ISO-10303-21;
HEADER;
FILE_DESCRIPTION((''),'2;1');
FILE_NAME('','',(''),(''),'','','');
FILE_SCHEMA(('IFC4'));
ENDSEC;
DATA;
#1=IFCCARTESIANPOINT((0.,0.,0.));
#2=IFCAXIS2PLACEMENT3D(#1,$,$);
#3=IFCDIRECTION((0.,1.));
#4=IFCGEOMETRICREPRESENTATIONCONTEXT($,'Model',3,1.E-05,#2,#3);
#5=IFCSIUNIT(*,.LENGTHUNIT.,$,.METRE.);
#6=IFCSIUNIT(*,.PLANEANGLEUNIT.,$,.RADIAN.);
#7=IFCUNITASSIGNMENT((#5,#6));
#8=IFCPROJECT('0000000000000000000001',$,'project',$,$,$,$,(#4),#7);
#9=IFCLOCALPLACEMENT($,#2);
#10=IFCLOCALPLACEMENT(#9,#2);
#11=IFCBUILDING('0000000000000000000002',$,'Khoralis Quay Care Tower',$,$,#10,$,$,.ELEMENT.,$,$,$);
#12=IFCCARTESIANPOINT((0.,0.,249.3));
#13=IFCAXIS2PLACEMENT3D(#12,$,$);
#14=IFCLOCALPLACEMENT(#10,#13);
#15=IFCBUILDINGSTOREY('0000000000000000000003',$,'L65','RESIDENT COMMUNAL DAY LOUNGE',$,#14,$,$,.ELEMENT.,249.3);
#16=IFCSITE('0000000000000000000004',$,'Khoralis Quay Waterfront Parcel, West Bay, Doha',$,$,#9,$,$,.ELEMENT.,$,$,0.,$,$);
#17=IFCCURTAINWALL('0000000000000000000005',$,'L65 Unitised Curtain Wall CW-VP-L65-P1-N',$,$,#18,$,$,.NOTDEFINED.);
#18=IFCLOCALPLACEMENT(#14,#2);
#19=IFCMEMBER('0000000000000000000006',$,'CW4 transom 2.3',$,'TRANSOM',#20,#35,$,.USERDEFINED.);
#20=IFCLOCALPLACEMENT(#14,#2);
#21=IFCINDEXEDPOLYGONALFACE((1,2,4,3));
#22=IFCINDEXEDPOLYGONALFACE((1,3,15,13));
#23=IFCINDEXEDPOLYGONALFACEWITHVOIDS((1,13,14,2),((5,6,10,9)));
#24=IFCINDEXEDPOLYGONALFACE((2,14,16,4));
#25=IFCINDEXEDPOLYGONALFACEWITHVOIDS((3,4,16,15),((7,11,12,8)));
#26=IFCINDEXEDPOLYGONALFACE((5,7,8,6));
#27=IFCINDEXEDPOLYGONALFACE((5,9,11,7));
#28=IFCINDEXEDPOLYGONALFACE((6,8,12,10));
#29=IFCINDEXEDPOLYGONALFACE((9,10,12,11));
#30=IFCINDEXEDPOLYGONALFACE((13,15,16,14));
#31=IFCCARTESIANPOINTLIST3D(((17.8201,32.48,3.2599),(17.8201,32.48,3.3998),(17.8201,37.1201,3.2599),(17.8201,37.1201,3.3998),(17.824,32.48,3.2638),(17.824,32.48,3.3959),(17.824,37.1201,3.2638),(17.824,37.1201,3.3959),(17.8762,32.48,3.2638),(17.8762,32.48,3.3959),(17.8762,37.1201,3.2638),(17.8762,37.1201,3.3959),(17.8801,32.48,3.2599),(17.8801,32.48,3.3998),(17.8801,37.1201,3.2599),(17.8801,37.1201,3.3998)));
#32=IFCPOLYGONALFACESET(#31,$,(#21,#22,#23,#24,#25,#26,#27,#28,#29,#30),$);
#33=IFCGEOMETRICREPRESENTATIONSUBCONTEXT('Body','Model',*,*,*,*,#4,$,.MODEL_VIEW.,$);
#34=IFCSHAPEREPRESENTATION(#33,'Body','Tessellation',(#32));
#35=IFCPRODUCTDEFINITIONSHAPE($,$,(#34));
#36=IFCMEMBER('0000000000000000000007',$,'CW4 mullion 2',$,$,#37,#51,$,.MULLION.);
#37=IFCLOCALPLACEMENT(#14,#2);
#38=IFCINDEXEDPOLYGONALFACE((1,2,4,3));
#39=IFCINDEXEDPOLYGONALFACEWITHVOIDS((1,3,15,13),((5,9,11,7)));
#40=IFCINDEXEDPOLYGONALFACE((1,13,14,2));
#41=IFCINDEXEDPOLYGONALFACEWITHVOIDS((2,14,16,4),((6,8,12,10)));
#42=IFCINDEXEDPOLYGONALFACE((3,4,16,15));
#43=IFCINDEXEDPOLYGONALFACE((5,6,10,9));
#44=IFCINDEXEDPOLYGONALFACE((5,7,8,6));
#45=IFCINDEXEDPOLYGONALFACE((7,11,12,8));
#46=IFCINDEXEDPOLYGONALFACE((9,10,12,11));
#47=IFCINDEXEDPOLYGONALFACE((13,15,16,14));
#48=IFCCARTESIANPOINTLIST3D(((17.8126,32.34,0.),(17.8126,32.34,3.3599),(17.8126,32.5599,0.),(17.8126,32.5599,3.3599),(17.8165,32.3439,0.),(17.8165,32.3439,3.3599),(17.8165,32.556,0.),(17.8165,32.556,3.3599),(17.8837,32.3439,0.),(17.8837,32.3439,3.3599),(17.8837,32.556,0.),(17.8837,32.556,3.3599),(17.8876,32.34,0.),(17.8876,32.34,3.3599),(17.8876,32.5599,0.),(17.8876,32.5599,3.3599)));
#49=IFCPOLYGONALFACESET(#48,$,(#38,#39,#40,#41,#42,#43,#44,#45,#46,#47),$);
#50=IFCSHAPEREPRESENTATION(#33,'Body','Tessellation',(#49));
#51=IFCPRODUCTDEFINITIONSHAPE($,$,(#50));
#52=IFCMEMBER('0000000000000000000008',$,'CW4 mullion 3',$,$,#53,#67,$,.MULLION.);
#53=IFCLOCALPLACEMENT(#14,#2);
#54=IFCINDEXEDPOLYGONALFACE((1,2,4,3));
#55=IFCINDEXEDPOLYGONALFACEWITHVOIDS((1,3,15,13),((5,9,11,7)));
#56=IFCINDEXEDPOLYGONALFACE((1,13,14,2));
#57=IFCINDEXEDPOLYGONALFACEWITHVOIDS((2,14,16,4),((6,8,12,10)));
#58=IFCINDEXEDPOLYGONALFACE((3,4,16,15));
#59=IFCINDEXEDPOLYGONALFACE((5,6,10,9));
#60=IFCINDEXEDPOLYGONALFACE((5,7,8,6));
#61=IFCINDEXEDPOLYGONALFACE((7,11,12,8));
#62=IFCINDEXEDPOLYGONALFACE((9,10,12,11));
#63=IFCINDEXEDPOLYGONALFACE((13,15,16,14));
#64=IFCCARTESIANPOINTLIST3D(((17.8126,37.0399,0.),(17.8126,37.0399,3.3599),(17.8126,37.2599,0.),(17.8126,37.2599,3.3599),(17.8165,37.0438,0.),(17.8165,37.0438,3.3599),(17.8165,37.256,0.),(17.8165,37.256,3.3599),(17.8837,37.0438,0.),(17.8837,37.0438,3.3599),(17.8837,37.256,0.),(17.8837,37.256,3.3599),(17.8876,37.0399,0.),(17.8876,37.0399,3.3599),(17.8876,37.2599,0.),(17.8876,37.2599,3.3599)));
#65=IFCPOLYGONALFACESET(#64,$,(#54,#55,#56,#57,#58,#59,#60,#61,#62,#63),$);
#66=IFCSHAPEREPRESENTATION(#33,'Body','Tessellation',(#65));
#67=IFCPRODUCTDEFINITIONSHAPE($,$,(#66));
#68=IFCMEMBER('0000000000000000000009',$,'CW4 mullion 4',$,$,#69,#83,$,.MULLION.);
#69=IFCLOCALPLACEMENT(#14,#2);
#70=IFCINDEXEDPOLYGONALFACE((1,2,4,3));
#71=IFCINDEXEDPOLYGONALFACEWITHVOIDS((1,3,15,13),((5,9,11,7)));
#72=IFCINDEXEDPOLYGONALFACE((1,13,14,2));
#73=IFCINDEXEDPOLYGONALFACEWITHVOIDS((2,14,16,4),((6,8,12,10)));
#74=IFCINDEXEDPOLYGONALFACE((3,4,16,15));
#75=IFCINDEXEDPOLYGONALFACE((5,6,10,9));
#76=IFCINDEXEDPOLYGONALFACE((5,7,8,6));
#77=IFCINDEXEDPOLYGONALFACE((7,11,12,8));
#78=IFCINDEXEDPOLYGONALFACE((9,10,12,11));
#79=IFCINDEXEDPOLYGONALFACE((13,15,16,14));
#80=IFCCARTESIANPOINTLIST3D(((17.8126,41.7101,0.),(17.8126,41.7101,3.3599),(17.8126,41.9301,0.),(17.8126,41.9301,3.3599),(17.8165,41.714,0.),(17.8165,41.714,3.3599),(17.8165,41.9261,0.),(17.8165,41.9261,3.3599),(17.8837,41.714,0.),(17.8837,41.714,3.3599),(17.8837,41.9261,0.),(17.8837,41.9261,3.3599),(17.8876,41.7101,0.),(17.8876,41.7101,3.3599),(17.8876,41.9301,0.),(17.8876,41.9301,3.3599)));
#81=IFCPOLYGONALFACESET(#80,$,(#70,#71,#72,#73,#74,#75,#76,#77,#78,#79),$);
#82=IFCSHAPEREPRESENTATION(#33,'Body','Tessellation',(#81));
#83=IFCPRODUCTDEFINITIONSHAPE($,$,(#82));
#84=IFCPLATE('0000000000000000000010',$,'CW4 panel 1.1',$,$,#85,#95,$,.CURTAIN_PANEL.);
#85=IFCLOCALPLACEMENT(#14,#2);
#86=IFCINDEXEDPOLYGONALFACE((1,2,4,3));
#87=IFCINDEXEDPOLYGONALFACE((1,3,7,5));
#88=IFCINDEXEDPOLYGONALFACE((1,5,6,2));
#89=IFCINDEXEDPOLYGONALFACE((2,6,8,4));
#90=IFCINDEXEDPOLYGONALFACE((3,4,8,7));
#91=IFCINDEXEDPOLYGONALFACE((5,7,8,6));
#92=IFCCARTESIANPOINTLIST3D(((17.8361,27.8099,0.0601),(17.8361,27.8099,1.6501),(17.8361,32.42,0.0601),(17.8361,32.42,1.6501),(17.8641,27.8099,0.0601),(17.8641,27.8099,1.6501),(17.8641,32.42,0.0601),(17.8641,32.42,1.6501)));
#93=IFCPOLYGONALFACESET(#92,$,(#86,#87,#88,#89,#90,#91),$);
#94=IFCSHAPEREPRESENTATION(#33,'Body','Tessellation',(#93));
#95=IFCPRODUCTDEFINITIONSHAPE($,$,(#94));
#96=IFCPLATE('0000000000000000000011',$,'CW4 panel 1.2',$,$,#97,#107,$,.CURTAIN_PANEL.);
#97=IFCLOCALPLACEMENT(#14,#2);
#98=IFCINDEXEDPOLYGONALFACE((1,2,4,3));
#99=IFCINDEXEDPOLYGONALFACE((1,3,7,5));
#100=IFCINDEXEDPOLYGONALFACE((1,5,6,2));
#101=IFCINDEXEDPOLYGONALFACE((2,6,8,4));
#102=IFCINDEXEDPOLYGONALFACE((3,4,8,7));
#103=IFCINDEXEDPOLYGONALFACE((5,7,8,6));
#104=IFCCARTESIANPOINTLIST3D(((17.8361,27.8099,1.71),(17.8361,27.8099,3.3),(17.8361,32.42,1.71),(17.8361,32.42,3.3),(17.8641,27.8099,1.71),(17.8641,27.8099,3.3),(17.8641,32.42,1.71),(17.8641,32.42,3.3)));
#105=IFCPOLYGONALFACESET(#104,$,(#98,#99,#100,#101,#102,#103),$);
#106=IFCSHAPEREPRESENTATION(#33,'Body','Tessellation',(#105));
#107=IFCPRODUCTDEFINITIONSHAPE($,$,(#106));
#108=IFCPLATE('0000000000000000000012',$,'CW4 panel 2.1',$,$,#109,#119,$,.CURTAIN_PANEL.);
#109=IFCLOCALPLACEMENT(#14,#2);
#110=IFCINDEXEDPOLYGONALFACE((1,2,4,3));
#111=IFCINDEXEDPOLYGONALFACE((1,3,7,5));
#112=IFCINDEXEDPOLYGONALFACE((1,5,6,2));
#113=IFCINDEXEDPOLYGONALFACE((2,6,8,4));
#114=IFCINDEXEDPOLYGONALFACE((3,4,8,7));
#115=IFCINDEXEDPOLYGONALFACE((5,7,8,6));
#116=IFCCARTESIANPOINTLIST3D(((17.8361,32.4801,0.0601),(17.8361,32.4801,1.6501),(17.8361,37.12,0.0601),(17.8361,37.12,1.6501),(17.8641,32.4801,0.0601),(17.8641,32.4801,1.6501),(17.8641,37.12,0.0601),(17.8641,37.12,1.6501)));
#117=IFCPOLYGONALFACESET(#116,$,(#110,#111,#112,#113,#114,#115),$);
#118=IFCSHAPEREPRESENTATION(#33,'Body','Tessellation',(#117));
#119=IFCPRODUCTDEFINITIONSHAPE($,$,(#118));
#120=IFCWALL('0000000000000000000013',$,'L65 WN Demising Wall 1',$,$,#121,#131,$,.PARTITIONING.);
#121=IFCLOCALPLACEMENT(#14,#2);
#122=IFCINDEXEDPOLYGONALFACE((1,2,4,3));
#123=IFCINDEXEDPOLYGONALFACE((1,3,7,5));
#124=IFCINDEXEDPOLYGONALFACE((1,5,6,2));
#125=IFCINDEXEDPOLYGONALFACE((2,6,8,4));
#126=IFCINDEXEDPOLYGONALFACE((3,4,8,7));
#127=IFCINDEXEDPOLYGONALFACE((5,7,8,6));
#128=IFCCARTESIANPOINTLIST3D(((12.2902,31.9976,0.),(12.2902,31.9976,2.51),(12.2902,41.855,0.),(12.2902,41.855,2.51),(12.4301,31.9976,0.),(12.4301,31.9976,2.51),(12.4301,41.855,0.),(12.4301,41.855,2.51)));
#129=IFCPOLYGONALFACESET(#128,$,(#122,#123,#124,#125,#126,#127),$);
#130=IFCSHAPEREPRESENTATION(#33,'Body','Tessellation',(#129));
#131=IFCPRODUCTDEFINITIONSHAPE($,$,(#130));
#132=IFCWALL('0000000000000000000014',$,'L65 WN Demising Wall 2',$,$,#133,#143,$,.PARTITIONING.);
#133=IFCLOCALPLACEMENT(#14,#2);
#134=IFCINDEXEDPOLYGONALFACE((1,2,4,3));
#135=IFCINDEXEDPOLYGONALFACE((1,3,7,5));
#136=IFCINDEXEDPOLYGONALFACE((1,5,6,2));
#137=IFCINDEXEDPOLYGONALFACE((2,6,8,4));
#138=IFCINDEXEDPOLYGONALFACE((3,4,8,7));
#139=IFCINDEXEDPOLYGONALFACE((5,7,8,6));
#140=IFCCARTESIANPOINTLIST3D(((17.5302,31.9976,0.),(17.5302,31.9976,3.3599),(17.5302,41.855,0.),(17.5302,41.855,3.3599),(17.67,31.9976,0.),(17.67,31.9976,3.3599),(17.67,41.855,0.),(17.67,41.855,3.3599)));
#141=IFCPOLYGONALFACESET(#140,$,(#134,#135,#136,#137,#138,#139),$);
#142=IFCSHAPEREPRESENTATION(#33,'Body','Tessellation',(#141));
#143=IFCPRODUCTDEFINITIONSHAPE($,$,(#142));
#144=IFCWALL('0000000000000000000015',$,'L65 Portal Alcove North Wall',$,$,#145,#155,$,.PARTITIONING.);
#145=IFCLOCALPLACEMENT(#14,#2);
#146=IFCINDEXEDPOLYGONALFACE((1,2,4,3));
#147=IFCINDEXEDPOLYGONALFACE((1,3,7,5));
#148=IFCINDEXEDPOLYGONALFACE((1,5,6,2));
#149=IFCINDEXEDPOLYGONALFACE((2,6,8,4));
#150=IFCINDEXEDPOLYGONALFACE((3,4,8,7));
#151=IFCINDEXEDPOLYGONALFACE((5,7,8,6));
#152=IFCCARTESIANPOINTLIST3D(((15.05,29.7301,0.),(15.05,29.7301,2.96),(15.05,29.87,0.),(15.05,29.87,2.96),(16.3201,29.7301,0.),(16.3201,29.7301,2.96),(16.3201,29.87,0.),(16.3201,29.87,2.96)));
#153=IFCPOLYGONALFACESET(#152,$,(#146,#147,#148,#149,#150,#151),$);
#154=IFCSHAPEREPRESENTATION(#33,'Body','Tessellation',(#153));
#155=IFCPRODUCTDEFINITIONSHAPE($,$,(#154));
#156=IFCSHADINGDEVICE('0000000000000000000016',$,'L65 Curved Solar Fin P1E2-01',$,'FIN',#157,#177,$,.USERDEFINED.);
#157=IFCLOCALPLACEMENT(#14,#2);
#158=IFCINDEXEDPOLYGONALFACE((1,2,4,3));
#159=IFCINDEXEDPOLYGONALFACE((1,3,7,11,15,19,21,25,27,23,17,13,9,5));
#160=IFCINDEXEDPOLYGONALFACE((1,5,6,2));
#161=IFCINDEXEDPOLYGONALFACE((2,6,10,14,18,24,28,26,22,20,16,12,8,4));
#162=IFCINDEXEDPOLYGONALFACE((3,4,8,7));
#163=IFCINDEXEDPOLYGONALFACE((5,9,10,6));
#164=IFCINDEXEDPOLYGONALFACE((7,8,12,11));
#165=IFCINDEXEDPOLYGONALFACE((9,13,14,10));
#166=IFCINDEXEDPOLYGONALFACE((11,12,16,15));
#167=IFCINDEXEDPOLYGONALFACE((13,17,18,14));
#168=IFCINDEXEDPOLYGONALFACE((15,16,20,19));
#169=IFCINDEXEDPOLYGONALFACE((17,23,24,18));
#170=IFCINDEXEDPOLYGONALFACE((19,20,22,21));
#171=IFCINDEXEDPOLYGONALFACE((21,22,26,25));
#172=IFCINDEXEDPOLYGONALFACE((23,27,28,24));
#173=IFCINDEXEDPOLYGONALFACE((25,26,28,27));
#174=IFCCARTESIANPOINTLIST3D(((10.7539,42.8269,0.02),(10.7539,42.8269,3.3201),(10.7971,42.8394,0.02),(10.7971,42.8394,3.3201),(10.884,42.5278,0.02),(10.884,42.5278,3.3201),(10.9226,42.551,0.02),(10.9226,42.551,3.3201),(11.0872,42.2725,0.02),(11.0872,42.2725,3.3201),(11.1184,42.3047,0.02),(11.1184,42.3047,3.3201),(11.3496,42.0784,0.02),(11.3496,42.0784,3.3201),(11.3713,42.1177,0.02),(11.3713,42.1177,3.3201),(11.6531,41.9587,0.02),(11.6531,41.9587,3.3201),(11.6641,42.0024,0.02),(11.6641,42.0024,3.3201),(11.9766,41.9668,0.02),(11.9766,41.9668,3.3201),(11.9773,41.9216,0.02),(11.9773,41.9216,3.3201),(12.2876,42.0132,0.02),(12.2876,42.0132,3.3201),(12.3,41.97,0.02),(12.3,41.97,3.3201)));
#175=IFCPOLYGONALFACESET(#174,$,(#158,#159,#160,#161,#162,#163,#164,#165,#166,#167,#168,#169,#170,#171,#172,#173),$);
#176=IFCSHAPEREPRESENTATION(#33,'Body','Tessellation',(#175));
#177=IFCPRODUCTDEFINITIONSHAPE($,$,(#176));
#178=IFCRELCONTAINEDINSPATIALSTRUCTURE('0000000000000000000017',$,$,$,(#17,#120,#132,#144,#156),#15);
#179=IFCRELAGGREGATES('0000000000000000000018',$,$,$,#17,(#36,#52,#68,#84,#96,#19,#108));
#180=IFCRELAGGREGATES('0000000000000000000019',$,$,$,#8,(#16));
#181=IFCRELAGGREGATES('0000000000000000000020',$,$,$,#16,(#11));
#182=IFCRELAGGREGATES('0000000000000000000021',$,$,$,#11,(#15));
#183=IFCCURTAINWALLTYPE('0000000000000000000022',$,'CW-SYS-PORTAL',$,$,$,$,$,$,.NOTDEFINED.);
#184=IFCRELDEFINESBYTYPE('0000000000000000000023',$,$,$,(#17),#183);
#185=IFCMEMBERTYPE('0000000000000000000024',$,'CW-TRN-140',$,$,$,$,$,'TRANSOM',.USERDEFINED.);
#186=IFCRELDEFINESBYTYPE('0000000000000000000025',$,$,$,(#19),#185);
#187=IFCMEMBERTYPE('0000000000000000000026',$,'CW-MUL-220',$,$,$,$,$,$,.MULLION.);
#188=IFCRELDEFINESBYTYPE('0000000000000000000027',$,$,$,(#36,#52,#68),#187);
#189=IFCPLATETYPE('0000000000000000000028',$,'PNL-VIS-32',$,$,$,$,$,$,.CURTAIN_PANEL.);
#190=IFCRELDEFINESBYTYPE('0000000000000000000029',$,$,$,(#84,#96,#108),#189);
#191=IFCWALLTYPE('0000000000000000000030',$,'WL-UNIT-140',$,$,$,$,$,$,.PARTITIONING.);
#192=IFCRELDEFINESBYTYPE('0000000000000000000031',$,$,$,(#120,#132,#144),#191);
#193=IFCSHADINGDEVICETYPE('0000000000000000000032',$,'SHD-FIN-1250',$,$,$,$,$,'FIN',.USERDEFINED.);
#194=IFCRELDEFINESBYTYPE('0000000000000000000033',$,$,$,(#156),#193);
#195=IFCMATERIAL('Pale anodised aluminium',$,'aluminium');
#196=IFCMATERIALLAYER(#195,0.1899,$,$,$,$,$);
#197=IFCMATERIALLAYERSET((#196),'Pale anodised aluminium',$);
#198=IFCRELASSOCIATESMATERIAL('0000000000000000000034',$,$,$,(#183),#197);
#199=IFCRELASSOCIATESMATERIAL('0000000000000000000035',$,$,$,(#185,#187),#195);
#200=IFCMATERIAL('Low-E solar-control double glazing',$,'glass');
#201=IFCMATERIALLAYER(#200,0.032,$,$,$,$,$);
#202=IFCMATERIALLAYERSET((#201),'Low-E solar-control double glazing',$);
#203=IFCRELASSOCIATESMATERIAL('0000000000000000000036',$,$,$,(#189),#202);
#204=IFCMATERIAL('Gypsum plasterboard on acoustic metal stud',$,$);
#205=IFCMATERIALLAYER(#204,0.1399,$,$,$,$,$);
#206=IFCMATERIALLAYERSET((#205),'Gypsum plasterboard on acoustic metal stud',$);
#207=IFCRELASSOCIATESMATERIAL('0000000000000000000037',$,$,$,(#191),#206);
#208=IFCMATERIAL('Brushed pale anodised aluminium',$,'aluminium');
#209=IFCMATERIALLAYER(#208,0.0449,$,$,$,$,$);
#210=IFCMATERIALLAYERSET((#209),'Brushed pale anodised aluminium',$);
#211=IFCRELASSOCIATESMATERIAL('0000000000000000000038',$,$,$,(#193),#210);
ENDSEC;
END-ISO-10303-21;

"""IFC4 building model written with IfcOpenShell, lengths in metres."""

from ifc_helpers import new_model, si_unit, direction, frame, frame_2d, origin, origin_2d, place, context, subcontext, project, spatial, polyline, rectangle, hollow_rectangle, outline, extrude, source, transform, mapped, material, layer, layer_set, material_profile, profile_set, type_object, element, aggregate, save


model = new_model("IFC4")

# Units and contexts
model_context = context("Model", 3, precision=1e-05, world=origin(), true_north=direction((0.0, 1.0)))
body_context = subcontext(model_context, "Body", "Model", "MODEL_VIEW")
ifc_project = project(units=[si_unit("LENGTHUNIT", "METRE"), si_unit("PLANEANGLEUNIT", "RADIAN")], contexts=[model_context])

# Site, building, storey
site_placement = place(None, origin())
site = spatial("IfcSite", under=ifc_project, at=site_placement, Name="Khoralis Quay Waterfront Parcel, West Bay, Doha", CompositionType="ELEMENT", RefElevation=0.0)
building_placement = place(site_placement, origin())
building = spatial("IfcBuilding", under=site, at=building_placement, Name="Khoralis Quay Care Tower", CompositionType="ELEMENT")
storey_placement = place(building_placement, frame((0.0, 0.0, 249.3)))
storey = spatial("IfcBuildingStorey", under=building, at=storey_placement, Name="L65", Description="RESIDENT COMMUNAL DAY LOUNGE", CompositionType="ELEMENT", Elevation=249.3)

# Curtain wall, members, plates
ifc_material_1 = material(Name="Pale anodised aluminium", Category="aluminium")
ifc_layer_1 = layer(ifc_material_1, 0.1899)
ifc_layer_set_1 = layer_set([ifc_layer_1], Name="Pale anodised aluminium")
curtain_wall_type = type_object("IfcCurtainWallType", Name="CW-SYS-PORTAL", PredefinedType="NOTDEFINED", material=ifc_layer_set_1)
curtain_wall_placement = place(storey_placement, origin())
curtain_wall = element("IfcCurtainWall", 1, at=curtain_wall_placement, inside=storey, type_object=curtain_wall_type, Name="L65 Unitised Curtain Wall CW-VP-L65-P1-N", PredefinedType="NOTDEFINED")
ifc_material_profile_1 = material_profile(ifc_material_1, hollow_rectangle(XDim=0.0601, YDim=0.1399, WallThickness=0.0039, at=origin_2d()), Name="Pale anodised aluminium")
ifc_profile_set_1 = profile_set([ifc_material_profile_1], Name="Pale anodised aluminium")
member_type_1 = type_object("IfcMemberType", Name="CW-TRN-140", ElementType="TRANSOM", PredefinedType="USERDEFINED", material=ifc_profile_set_1)
shared_shape_1 = source(origin(), body_context, "Body", "SweptSolid", [
    extrude(hollow_rectangle(XDim=0.0601, YDim=0.1399, WallThickness=0.0039, at=origin_2d()), origin(), (0.0, 0.0, 1.0), 4.6401),
])
member_1_placement = place(storey_placement, frame((17.8501, 32.48, 3.3298), z_axis=(0.0, 1.0, 0.0), x_axis=(-1.0, 0.0, 0.0)))
member_1 = element("IfcMember", 2, at=member_1_placement, type_object=member_type_1, Name="CW4 transom 2.3", ObjectType="TRANSOM", PredefinedType="USERDEFINED", context=body_context, shape_type="MappedRepresentation", body=[
    mapped(shared_shape_1, transform((0.0, 0.0, 0.0), scale=1.0)),
])
ifc_material_profile_2 = material_profile(ifc_material_1, hollow_rectangle(XDim=0.075, YDim=0.22, WallThickness=0.0039, at=origin_2d()), Name="Pale anodised aluminium")
ifc_profile_set_2 = profile_set([ifc_material_profile_2], Name="Pale anodised aluminium")
member_type_2 = type_object("IfcMemberType", Name="CW-MUL-220", PredefinedType="MULLION", material=ifc_profile_set_2)
shared_shape_2 = source(origin(), body_context, "Body", "SweptSolid", [
    extrude(hollow_rectangle(XDim=0.075, YDim=0.22, WallThickness=0.0039, at=origin_2d()), origin(), (0.0, 0.0, 1.0), 3.3599),
])
member_2_placement = place(storey_placement, frame((17.8501, 32.45, 0.0), z_axis=(0.0, 0.0, 1.0), x_axis=(-1.0, 0.0, 0.0)))
member_2 = element("IfcMember", 3, at=member_2_placement, type_object=member_type_2, Name="CW4 mullion 2", PredefinedType="MULLION", context=body_context, shape_type="MappedRepresentation", body=[
    mapped(shared_shape_2, transform((0.0, 0.0, 0.0), scale=1.0)),
])
member_3_placement = place(storey_placement, frame((17.8501, 37.1499, 0.0), z_axis=(0.0, 0.0, 1.0), x_axis=(-1.0, 0.0, 0.0)))
member_3 = element("IfcMember", 4, at=member_3_placement, type_object=member_type_2, Name="CW4 mullion 3", PredefinedType="MULLION", context=body_context, shape_type="MappedRepresentation", body=[
    mapped(shared_shape_2, transform((0.0, 0.0, 0.0), scale=1.0)),
])
member_4_placement = place(storey_placement, frame((17.8501, 41.8201, 0.0), z_axis=(0.0, 0.0, 1.0), x_axis=(-1.0, 0.0, 0.0)))
member_4 = element("IfcMember", 5, at=member_4_placement, type_object=member_type_2, Name="CW4 mullion 4", PredefinedType="MULLION", context=body_context, shape_type="MappedRepresentation", body=[
    mapped(shared_shape_2, transform((0.0, 0.0, 0.0), scale=1.0)),
])
ifc_material_2 = material(Name="Low-E solar-control double glazing", Category="glass")
ifc_layer_2 = layer(ifc_material_2, 0.032)
ifc_layer_set_2 = layer_set([ifc_layer_2], Name="Low-E solar-control double glazing")
plate_type = type_object("IfcPlateType", Name="PNL-VIS-32", PredefinedType="CURTAIN_PANEL", material=ifc_layer_set_2)
shared_shape_3 = source(origin(), body_context, "Body", "SweptSolid", [
    extrude(rectangle(XDim=4.6101, YDim=0.0281, at=origin_2d()), origin(), (0.0, 0.0, 1.0), 1.5901),
])
plate_1_placement = place(storey_placement, frame((17.8501, 30.115, 0.0601), z_axis=(0.0, 0.0, 1.0), x_axis=(0.0, 1.0, 0.0)))
plate_1 = element("IfcPlate", 6, at=plate_1_placement, type_object=plate_type, Name="CW4 panel 1.1", PredefinedType="CURTAIN_PANEL", context=body_context, shape_type="MappedRepresentation", body=[
    mapped(shared_shape_3, transform((0.0, 0.0, 0.0), scale=1.0)),
])
plate_2_placement = place(storey_placement, frame((17.8501, 30.115, 1.71), z_axis=(0.0, 0.0, 1.0), x_axis=(0.0, 1.0, 0.0)))
plate_2 = element("IfcPlate", 7, at=plate_2_placement, type_object=plate_type, Name="CW4 panel 1.2", PredefinedType="CURTAIN_PANEL", context=body_context, shape_type="MappedRepresentation", body=[
    mapped(shared_shape_3, transform((0.0, 0.0, 0.0), scale=1.0)),
])
shared_shape_4 = source(origin(), body_context, "Body", "SweptSolid", [
    extrude(rectangle(XDim=4.6399, YDim=0.0281, at=origin_2d()), origin(), (0.0, 0.0, 1.0), 1.5901),
])
plate_3_placement = place(storey_placement, frame((17.8501, 34.8, 0.0601), z_axis=(0.0, 0.0, 1.0), x_axis=(0.0, 1.0, 0.0)))
plate_3 = element("IfcPlate", 8, at=plate_3_placement, type_object=plate_type, Name="CW4 panel 2.1", PredefinedType="CURTAIN_PANEL", context=body_context, shape_type="MappedRepresentation", body=[
    mapped(shared_shape_4, transform((0.0, 0.0, 0.0), scale=1.0)),
])
aggregate(curtain_wall, [member_2, member_3, member_4, plate_1, plate_2, member_1, plate_3])

# Walls
ifc_material_3 = material(Name="Gypsum plasterboard on acoustic metal stud")
ifc_layer_3 = layer(ifc_material_3, 0.1399)
ifc_layer_set_3 = layer_set([ifc_layer_3], Name="Gypsum plasterboard on acoustic metal stud")
wall_type = type_object("IfcWallType", Name="WL-UNIT-140", PredefinedType="PARTITIONING", material=ifc_layer_set_3)
wall_1_placement = place(storey_placement, frame((12.3601, 31.9976, 0.0), z_axis=(0.0, 0.0, 1.0), x_axis=(0.0, 1.0, 0.0)))
element("IfcWall", 9, at=wall_1_placement, inside=storey, type_object=wall_type, Name="L65 WN Demising Wall 1", PredefinedType="PARTITIONING", context=body_context, shape_type="SweptSolid", body=[
    extrude(rectangle(XDim=9.8574, YDim=0.1399, at=frame_2d((4.9287, 0.0))), origin(), (0.0, 0.0, 1.0), 2.51),
])
wall_2_placement = place(storey_placement, frame((17.6001, 31.9976, 0.0), z_axis=(0.0, 0.0, 1.0), x_axis=(0.0, 1.0, 0.0)))
element("IfcWall", 10, at=wall_2_placement, inside=storey, type_object=wall_type, Name="L65 WN Demising Wall 2", PredefinedType="PARTITIONING", context=body_context, shape_type="SweptSolid", body=[
    extrude(rectangle(XDim=9.8574, YDim=0.1399, at=frame_2d((4.9287, 0.0))), origin(), (0.0, 0.0, 1.0), 3.3599),
])
wall_3_placement = place(storey_placement, frame((15.05, 29.8, 0.0), z_axis=(0.0, 0.0, 1.0), x_axis=(1.0, 0.0, 0.0)))
element("IfcWall", 11, at=wall_3_placement, inside=storey, type_object=wall_type, Name="L65 Portal Alcove North Wall", PredefinedType="PARTITIONING", context=body_context, shape_type="SweptSolid", body=[
    extrude(rectangle(XDim=1.27, YDim=0.1399, at=frame_2d((0.635, 0.0))), origin(), (0.0, 0.0, 1.0), 2.96),
])

# Shading device
ifc_material_4 = material(Name="Brushed pale anodised aluminium", Category="aluminium")
ifc_layer_4 = layer(ifc_material_4, 0.0449)
ifc_layer_set_4 = layer_set([ifc_layer_4], Name="Brushed pale anodised aluminium")
shading_device_type = type_object("IfcShadingDeviceType", Name="SHD-FIN-1250", ElementType="FIN", PredefinedType="USERDEFINED", material=ifc_layer_set_4)
shared_shape_5 = source(origin(), body_context, "Body", "SweptSolid", [
    extrude(outline(polyline([(0.0, 0.0), (-0.0483, 0.3228), (-0.0112, 0.647), (0.1084, 0.9504), (0.3025, 1.2129), (0.5579, 1.416), (0.8569, 1.5461), (0.8694, 1.5029), (0.5811, 1.3774), (0.3347, 1.1816), (0.1477, 0.9287), (0.0325, 0.636), (-0.0032, 0.3235), (0.0432, 0.0125), (0.0, 0.0)])), origin(), (0.0, 0.0, 1.0), 3.3),
])
shading_device_placement = place(storey_placement, frame((12.3, 41.97, 0.02), z_axis=(0.0, 0.0, 1.0), x_axis=(0.0, 1.0, 0.0)))
element("IfcShadingDevice", 12, at=shading_device_placement, inside=storey, type_object=shading_device_type, Name="L65 Curved Solar Fin P1E2-01", ObjectType="FIN", PredefinedType="USERDEFINED", context=body_context, shape_type="MappedRepresentation", body=[
    mapped(shared_shape_5, transform((0.0, 0.0, 0.0), scale=1.0)),
])

save(model, "model.ifc")
